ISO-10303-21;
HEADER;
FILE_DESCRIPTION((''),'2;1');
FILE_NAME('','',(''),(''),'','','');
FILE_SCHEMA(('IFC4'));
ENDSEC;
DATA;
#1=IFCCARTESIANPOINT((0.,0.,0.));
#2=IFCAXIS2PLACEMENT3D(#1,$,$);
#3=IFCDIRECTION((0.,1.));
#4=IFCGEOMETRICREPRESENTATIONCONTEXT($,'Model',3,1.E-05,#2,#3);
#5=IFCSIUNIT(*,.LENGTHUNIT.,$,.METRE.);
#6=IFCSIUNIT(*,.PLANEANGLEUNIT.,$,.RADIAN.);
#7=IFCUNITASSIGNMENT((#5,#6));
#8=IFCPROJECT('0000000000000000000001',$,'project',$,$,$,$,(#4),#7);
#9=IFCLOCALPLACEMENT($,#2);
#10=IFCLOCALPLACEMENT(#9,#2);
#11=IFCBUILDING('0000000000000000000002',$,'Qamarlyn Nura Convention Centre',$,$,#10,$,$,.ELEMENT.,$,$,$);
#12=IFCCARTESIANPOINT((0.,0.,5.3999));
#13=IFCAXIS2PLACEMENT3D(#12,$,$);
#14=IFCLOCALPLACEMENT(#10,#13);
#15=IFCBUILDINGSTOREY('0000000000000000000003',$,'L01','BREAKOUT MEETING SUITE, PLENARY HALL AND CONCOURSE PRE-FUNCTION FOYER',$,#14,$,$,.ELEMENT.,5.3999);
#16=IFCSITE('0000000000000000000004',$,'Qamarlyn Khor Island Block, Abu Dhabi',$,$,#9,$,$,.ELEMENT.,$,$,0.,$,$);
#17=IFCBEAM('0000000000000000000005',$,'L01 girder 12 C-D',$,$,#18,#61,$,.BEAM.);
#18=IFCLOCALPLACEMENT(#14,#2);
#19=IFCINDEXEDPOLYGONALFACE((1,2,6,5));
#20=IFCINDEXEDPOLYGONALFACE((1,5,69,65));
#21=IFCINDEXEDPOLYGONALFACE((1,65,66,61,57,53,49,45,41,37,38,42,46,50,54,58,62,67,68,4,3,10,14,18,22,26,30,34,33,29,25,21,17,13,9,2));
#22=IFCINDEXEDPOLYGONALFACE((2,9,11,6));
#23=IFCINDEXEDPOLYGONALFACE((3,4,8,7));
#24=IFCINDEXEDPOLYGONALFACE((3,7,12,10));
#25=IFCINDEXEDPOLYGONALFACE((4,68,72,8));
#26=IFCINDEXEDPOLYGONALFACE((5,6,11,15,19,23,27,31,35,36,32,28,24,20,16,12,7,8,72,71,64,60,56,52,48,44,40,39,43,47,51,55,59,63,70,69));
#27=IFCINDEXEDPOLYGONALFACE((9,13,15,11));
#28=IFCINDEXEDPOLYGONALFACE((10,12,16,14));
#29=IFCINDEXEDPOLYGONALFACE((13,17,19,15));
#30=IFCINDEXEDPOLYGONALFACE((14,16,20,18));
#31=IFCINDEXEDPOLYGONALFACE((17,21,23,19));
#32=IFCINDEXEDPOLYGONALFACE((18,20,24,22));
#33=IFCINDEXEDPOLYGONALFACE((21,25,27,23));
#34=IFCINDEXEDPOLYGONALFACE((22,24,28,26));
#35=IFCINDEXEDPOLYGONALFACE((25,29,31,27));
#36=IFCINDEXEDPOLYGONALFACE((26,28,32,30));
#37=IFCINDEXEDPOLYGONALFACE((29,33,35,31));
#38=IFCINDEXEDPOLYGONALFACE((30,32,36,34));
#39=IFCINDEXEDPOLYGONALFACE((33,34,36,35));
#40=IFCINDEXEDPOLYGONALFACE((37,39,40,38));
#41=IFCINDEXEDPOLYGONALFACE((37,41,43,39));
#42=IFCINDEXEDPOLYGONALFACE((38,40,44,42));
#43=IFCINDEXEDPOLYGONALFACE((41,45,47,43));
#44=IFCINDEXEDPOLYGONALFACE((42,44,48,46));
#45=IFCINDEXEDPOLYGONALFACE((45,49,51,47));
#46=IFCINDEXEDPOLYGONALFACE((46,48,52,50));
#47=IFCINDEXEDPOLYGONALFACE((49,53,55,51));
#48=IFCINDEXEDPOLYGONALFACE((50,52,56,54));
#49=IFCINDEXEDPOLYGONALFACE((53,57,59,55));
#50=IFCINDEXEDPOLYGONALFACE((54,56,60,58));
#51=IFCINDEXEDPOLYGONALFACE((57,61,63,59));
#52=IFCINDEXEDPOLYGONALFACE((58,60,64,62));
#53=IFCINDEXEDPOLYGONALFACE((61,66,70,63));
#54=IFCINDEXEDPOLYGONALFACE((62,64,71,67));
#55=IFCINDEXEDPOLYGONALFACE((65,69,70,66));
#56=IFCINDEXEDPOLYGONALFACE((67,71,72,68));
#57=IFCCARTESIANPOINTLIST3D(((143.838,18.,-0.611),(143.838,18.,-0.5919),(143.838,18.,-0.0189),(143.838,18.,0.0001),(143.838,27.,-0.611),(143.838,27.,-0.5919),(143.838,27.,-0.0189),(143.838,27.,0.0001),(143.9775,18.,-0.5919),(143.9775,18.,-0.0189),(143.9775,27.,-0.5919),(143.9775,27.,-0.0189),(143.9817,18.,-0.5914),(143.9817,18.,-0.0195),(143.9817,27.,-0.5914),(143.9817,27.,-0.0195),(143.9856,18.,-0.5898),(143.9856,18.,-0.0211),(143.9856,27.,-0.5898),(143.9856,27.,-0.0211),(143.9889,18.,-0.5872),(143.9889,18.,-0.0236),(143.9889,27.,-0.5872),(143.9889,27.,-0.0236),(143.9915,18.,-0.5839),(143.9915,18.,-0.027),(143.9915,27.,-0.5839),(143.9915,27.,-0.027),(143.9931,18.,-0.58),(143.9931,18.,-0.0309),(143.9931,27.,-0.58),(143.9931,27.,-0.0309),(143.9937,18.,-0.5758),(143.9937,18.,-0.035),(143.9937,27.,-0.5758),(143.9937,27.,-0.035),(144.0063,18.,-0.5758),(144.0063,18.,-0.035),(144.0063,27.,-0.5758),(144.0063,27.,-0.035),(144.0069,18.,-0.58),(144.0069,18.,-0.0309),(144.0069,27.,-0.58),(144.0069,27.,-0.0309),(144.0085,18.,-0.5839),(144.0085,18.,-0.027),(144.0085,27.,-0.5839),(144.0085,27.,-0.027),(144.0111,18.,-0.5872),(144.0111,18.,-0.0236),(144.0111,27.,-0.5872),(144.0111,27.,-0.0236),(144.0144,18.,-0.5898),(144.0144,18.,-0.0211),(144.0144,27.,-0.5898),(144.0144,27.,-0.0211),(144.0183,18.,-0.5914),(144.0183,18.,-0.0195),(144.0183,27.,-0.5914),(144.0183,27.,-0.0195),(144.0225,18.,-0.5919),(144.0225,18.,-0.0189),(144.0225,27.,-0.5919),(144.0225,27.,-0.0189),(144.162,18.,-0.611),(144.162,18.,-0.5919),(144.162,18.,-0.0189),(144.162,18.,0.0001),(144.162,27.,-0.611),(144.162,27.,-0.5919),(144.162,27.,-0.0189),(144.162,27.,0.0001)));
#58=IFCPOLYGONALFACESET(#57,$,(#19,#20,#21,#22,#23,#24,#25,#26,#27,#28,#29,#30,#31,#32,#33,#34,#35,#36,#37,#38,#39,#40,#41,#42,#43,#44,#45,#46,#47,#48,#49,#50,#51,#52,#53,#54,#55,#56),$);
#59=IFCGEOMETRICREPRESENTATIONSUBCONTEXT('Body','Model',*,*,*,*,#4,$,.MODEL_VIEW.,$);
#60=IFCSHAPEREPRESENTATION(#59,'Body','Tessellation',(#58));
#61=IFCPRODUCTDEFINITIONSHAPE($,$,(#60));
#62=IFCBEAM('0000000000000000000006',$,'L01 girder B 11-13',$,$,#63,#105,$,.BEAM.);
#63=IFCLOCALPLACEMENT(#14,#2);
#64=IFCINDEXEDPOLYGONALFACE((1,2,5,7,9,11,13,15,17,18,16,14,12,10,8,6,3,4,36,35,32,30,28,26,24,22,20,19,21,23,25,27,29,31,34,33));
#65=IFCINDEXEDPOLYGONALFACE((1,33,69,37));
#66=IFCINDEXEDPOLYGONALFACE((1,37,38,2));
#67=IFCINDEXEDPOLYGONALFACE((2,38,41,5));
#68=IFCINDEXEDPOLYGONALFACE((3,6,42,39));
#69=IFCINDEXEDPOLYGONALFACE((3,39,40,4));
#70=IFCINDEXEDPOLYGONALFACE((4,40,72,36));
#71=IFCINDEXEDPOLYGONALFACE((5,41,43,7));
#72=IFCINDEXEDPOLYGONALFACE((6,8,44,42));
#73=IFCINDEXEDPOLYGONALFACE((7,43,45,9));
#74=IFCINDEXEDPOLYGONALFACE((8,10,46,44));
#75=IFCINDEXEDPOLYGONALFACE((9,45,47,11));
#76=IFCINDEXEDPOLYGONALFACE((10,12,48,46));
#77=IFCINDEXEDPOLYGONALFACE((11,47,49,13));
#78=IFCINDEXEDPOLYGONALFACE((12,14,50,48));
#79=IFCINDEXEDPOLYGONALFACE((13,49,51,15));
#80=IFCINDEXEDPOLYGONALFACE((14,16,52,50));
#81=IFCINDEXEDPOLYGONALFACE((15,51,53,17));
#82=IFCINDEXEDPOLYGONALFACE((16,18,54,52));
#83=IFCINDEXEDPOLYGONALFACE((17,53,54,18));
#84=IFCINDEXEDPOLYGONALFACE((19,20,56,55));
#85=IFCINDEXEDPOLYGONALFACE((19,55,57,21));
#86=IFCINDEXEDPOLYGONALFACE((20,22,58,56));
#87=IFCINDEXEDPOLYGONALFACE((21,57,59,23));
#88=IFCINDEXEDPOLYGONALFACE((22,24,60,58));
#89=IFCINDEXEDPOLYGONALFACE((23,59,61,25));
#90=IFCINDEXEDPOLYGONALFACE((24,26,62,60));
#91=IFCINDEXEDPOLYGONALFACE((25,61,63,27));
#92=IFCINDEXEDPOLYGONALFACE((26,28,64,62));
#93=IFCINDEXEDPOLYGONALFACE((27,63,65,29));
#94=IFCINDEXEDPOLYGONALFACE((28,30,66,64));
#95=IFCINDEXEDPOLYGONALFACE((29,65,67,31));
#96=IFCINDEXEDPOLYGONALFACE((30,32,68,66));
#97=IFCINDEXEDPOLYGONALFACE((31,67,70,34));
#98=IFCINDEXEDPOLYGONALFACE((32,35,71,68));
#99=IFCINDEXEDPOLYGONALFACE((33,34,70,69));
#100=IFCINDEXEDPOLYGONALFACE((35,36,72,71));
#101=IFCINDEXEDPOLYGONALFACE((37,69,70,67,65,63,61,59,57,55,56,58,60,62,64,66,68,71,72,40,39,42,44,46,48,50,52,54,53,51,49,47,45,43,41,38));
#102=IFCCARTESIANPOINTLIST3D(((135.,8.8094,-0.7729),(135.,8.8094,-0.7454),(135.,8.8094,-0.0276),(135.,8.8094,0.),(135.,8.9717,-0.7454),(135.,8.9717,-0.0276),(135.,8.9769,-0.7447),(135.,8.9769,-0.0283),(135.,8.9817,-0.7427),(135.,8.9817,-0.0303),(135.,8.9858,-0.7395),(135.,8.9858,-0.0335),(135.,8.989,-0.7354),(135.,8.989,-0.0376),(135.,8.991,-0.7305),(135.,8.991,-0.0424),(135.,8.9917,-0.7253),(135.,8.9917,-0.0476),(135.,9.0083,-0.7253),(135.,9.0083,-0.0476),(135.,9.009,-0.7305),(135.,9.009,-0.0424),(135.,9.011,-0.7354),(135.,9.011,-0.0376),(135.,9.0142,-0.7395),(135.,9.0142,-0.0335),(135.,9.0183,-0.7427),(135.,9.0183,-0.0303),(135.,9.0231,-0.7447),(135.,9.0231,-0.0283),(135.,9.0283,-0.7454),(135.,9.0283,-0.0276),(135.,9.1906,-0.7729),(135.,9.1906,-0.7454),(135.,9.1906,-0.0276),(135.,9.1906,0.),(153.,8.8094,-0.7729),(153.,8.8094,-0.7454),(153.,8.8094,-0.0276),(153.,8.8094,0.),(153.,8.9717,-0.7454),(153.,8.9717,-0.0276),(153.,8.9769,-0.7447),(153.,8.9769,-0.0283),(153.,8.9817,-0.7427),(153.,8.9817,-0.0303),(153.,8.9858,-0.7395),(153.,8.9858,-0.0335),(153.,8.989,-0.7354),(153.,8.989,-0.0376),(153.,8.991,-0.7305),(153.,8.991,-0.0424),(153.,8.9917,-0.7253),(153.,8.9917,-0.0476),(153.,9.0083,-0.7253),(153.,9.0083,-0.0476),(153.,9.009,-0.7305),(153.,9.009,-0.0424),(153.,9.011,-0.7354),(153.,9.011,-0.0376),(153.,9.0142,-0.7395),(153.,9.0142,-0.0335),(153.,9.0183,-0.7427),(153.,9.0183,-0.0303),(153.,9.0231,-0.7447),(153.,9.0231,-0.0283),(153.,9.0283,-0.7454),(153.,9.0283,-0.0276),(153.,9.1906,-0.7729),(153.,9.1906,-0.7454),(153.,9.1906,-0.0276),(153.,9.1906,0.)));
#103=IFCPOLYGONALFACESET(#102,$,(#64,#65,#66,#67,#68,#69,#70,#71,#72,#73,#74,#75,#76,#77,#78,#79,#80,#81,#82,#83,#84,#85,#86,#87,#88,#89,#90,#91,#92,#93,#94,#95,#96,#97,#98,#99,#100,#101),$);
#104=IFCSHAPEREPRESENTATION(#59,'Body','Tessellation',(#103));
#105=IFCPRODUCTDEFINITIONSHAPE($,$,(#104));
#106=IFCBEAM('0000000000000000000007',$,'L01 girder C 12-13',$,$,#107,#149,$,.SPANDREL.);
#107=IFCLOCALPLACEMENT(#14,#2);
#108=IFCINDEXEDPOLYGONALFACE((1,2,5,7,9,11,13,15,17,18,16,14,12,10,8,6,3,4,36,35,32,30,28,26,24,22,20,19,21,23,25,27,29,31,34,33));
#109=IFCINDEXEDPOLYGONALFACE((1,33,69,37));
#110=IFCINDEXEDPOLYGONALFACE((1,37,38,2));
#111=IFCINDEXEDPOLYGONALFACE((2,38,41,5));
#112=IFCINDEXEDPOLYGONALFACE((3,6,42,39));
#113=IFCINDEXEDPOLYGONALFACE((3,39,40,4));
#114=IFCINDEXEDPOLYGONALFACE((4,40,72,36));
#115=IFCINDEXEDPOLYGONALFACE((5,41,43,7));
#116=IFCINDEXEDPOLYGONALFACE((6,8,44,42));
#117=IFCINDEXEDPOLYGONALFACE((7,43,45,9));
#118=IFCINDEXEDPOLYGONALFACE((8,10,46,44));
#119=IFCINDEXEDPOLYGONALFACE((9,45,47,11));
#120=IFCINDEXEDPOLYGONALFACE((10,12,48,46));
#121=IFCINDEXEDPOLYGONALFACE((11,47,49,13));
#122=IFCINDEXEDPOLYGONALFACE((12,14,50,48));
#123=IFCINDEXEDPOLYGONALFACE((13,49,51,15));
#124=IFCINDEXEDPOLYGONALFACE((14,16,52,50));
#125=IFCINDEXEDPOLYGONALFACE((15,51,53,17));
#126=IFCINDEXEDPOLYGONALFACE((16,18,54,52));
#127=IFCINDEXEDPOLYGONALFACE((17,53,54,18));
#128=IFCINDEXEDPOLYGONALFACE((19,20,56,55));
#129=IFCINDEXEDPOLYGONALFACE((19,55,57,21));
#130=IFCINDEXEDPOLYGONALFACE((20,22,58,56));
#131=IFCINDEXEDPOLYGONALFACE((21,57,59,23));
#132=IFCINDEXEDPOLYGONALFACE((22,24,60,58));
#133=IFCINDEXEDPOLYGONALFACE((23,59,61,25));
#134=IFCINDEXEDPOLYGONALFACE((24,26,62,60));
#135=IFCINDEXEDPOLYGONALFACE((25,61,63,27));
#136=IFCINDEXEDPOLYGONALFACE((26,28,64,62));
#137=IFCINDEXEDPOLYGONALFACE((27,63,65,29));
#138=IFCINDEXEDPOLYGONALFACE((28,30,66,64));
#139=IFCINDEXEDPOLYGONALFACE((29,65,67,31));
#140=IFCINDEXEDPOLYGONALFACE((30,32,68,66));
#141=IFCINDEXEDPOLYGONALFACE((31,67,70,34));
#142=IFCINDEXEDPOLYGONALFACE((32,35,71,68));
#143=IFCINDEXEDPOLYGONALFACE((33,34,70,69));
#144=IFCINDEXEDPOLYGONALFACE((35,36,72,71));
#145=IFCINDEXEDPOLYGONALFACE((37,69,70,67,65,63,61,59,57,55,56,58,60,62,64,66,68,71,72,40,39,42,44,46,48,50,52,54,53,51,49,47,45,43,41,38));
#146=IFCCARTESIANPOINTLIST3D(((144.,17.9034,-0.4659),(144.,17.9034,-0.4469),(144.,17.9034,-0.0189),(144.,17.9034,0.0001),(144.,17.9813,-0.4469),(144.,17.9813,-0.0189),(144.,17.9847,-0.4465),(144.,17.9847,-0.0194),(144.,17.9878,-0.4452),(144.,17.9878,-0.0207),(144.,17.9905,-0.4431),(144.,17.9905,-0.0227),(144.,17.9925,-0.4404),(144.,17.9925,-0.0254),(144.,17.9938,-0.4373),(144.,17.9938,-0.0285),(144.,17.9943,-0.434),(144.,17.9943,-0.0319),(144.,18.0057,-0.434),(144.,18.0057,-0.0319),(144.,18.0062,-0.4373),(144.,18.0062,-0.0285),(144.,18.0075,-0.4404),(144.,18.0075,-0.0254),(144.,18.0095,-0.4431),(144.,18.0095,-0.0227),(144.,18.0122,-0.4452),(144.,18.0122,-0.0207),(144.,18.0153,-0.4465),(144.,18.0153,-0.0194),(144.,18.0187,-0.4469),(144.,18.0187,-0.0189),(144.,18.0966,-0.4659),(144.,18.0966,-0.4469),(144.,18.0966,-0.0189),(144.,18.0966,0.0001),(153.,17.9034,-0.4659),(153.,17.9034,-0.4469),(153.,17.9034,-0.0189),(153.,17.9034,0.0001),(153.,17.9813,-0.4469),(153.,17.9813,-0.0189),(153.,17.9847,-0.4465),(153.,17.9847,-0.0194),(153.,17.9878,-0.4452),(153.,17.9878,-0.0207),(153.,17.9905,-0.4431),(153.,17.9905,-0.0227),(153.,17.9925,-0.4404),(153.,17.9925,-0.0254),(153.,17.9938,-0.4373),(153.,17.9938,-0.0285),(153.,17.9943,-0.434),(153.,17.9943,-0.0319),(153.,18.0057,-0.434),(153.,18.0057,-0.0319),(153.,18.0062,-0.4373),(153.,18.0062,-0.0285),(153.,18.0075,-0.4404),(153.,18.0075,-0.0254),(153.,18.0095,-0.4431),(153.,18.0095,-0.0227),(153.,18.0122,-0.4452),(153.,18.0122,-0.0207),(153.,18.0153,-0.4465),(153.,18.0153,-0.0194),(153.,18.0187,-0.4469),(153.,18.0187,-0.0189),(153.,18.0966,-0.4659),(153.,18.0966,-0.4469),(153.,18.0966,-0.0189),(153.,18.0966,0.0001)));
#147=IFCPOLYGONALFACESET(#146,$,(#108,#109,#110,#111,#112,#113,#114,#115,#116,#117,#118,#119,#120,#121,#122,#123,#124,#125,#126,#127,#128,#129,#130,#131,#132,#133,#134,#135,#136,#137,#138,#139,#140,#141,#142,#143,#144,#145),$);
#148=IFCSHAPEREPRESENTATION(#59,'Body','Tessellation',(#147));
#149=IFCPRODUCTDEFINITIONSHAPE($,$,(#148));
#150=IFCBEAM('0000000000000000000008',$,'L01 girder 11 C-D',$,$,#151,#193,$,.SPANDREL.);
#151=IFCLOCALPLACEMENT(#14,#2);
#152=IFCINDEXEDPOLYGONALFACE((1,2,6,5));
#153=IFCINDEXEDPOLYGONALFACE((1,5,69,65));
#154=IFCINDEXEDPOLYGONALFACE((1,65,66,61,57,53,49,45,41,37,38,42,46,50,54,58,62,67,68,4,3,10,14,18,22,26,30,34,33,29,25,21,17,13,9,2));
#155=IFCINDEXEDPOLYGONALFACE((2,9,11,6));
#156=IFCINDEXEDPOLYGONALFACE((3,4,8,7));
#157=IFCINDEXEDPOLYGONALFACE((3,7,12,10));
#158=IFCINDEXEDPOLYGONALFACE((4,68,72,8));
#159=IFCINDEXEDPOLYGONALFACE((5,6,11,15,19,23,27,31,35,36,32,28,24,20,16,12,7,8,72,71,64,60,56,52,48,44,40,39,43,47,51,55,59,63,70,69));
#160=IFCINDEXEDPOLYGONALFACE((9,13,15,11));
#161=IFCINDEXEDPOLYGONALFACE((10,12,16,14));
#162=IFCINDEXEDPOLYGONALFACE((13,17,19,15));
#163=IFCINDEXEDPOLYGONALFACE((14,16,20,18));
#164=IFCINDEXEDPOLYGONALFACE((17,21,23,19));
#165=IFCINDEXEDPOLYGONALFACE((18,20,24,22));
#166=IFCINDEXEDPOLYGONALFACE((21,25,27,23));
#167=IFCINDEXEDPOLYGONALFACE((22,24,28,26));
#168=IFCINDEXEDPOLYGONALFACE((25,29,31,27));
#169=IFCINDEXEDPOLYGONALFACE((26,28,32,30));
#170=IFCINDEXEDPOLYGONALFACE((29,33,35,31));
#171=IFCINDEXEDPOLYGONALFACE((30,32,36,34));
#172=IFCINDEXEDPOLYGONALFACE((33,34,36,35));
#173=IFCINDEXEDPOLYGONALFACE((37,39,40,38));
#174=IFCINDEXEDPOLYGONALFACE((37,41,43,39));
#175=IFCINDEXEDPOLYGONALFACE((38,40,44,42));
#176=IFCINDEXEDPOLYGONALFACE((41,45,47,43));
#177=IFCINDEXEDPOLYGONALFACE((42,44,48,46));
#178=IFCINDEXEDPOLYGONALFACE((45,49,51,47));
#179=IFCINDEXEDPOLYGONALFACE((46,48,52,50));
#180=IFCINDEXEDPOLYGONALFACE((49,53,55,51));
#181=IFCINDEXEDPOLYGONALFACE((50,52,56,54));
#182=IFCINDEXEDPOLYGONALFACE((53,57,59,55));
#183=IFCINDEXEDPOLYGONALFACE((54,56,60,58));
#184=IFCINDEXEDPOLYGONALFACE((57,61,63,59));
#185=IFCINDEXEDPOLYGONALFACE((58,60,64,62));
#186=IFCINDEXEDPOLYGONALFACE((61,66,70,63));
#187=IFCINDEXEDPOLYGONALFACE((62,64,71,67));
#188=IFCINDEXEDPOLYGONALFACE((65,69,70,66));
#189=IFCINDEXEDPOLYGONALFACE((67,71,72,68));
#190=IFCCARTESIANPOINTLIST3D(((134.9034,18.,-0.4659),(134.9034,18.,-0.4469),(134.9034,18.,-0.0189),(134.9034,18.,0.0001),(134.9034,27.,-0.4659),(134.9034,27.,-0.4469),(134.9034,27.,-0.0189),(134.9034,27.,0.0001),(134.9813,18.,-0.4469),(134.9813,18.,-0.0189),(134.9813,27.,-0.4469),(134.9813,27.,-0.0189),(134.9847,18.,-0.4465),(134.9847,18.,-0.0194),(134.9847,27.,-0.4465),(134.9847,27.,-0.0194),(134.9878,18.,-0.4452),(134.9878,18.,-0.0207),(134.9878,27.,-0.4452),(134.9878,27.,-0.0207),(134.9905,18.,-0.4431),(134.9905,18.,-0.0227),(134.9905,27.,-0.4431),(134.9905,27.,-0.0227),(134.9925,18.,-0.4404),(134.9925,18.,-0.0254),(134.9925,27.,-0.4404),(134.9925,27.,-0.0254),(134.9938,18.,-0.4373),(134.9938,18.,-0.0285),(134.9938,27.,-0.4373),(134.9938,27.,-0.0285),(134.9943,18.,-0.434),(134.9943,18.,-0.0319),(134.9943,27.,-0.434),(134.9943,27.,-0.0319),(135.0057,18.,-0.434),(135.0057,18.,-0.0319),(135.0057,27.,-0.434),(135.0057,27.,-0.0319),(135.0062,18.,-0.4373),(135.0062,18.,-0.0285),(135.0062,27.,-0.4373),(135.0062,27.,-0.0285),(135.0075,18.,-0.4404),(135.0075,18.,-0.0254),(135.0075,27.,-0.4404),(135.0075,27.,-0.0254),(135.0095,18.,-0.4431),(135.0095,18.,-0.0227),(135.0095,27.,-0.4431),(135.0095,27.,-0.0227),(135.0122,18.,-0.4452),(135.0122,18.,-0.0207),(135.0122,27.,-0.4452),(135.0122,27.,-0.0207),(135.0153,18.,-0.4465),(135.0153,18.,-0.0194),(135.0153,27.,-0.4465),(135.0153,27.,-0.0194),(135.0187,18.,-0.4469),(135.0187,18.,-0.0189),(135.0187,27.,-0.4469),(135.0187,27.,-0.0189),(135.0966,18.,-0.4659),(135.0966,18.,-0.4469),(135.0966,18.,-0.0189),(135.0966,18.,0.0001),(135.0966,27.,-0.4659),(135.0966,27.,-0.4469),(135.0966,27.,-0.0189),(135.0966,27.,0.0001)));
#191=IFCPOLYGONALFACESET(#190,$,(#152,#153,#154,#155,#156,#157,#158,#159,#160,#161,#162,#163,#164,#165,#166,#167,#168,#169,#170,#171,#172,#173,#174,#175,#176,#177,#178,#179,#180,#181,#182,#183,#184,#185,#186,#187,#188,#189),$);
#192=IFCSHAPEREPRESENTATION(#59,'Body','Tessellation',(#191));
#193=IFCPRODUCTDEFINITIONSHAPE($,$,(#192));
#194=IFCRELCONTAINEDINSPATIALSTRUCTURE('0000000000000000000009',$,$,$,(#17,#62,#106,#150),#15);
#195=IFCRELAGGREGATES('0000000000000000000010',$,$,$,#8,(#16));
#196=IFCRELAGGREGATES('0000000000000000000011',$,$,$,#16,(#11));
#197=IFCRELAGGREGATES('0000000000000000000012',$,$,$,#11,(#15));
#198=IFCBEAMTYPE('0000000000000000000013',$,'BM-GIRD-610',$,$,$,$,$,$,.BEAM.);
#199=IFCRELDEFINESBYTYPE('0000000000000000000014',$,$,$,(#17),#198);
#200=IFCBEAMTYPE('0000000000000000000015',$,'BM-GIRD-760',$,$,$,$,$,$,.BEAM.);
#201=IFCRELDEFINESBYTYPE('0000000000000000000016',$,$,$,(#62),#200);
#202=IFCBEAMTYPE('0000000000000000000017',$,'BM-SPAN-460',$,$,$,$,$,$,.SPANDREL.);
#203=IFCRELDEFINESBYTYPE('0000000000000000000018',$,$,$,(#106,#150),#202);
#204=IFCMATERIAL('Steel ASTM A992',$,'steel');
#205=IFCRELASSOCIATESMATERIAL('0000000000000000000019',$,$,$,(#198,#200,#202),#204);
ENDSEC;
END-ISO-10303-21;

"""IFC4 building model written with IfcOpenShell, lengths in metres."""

from ifc_helpers import new_model, si_unit, direction, frame, origin, origin_2d, place, context, subcontext, project, spatial, i_section, extrude, material, material_profile, profile_set, type_object, element, save


model = new_model("IFC4")

# Units and contexts
model_context = context("Model", 3, precision=1e-05, world=origin(), true_north=direction((0.0, 1.0)))
body_context = subcontext(model_context, "Body", "Model", "MODEL_VIEW")
ifc_project = project(units=[si_unit("LENGTHUNIT", "METRE"), si_unit("PLANEANGLEUNIT", "RADIAN")], contexts=[model_context])

# Site, building, storey
site_placement = place(None, origin())
site = spatial("IfcSite", under=ifc_project, at=site_placement, Name="Qamarlyn Khor Island Block, Abu Dhabi", CompositionType="ELEMENT", RefElevation=0.0)
building_placement = place(site_placement, origin())
building = spatial("IfcBuilding", under=site, at=building_placement, Name="Qamarlyn Nura Convention Centre", CompositionType="ELEMENT")
storey_placement = place(building_placement, frame((0.0, 0.0, 5.3999)))
storey = spatial("IfcBuildingStorey", under=building, at=storey_placement, Name="L01", Description="BREAKOUT MEETING SUITE, PLENARY HALL AND CONCOURSE PRE-FUNCTION FOYER", CompositionType="ELEMENT", Elevation=5.3999)

# Shared definitions
ifc_material_1 = material(Name="Steel ASTM A992", Category="steel")

# Beams
ifc_material_profile_1 = material_profile(ifc_material_1, i_section(OverallWidth=0.324, OverallDepth=0.6111, WebThickness=0.0127, FlangeThickness=0.019, FilletRadius=0.0161, at=origin_2d()), Name="W610X155")
ifc_profile_set_1 = profile_set([ifc_material_profile_1], Name="Steel ASTM A992")
beam_type_1 = type_object("IfcBeamType", Name="BM-GIRD-610", PredefinedType="BEAM", material=ifc_profile_set_1)
beam_1_placement = place(storey_placement, frame((144.0, 18.0, -0.3054), z_axis=(0.0, 1.0, 0.0), x_axis=(-1.0, 0.0, 0.0)))
element("IfcBeam", 1, at=beam_1_placement, inside=storey, type_object=beam_type_1, Name="L01 girder 12 C-D", PredefinedType="BEAM", context=body_context, shape_type="SweptSolid", body=[
    extrude(i_section(OverallWidth=0.324, OverallDepth=0.6111, WebThickness=0.0127, FlangeThickness=0.019, FilletRadius=0.0161, at=origin_2d()), origin(), (0.0, 0.0, 1.0), 9.0),
])
ifc_material_profile_2 = material_profile(ifc_material_1, i_section(OverallWidth=0.3811, OverallDepth=0.7729, WebThickness=0.0166, FlangeThickness=0.0276, FilletRadius=0.02, at=origin_2d()), Name="W760X257")
ifc_profile_set_2 = profile_set([ifc_material_profile_2], Name="Steel ASTM A992")
beam_type_2 = type_object("IfcBeamType", Name="BM-GIRD-760", PredefinedType="BEAM", material=ifc_profile_set_2)
beam_2_placement = place(storey_placement, frame((135.0, 9.0, -0.3865), z_axis=(1.0, 0.0, 0.0), x_axis=(0.0, 1.0, 0.0)))
element("IfcBeam", 2, at=beam_2_placement, inside=storey, type_object=beam_type_2, Name="L01 girder B 11-13", PredefinedType="BEAM", context=body_context, shape_type="SweptSolid", body=[
    extrude(i_section(OverallWidth=0.3811, OverallDepth=0.7729, WebThickness=0.0166, FlangeThickness=0.0276, FilletRadius=0.02, at=origin_2d()), origin(), (0.0, 0.0, 1.0), 18.0),
])
ifc_material_profile_3 = material_profile(ifc_material_1, i_section(OverallWidth=0.1931, OverallDepth=0.4661, WebThickness=0.0115, FlangeThickness=0.019, FilletRadius=0.0129, at=origin_2d()), Name="W460X97")
ifc_profile_set_3 = profile_set([ifc_material_profile_3], Name="Steel ASTM A992")
beam_type_3 = type_object("IfcBeamType", Name="BM-SPAN-460", PredefinedType="SPANDREL", material=ifc_profile_set_3)
for number, where, z_axis, x_axis, name in (
    (3, (144.0, 18.0, -0.2329), (1.0, 0.0, 0.0), (0.0, 1.0, 0.0), "L01 girder C 12-13"),
    (4, (135.0, 18.0, -0.2329), (0.0, 1.0, 0.0), (-1.0, 0.0, 0.0), "L01 girder 11 C-D"),
):
    element("IfcBeam", number, at=place(storey_placement, frame(where, z_axis=z_axis, x_axis=x_axis)), inside=storey, type_object=beam_type_3, Name=name, PredefinedType="SPANDREL", context=body_context, shape_type="SweptSolid", body=[
        extrude(i_section(OverallWidth=0.1931, OverallDepth=0.4661, WebThickness=0.0115, FlangeThickness=0.019, FilletRadius=0.0129, at=origin_2d()), origin(), (0.0, 0.0, 1.0), 9.0),
    ])

save(model, "model.ifc")
